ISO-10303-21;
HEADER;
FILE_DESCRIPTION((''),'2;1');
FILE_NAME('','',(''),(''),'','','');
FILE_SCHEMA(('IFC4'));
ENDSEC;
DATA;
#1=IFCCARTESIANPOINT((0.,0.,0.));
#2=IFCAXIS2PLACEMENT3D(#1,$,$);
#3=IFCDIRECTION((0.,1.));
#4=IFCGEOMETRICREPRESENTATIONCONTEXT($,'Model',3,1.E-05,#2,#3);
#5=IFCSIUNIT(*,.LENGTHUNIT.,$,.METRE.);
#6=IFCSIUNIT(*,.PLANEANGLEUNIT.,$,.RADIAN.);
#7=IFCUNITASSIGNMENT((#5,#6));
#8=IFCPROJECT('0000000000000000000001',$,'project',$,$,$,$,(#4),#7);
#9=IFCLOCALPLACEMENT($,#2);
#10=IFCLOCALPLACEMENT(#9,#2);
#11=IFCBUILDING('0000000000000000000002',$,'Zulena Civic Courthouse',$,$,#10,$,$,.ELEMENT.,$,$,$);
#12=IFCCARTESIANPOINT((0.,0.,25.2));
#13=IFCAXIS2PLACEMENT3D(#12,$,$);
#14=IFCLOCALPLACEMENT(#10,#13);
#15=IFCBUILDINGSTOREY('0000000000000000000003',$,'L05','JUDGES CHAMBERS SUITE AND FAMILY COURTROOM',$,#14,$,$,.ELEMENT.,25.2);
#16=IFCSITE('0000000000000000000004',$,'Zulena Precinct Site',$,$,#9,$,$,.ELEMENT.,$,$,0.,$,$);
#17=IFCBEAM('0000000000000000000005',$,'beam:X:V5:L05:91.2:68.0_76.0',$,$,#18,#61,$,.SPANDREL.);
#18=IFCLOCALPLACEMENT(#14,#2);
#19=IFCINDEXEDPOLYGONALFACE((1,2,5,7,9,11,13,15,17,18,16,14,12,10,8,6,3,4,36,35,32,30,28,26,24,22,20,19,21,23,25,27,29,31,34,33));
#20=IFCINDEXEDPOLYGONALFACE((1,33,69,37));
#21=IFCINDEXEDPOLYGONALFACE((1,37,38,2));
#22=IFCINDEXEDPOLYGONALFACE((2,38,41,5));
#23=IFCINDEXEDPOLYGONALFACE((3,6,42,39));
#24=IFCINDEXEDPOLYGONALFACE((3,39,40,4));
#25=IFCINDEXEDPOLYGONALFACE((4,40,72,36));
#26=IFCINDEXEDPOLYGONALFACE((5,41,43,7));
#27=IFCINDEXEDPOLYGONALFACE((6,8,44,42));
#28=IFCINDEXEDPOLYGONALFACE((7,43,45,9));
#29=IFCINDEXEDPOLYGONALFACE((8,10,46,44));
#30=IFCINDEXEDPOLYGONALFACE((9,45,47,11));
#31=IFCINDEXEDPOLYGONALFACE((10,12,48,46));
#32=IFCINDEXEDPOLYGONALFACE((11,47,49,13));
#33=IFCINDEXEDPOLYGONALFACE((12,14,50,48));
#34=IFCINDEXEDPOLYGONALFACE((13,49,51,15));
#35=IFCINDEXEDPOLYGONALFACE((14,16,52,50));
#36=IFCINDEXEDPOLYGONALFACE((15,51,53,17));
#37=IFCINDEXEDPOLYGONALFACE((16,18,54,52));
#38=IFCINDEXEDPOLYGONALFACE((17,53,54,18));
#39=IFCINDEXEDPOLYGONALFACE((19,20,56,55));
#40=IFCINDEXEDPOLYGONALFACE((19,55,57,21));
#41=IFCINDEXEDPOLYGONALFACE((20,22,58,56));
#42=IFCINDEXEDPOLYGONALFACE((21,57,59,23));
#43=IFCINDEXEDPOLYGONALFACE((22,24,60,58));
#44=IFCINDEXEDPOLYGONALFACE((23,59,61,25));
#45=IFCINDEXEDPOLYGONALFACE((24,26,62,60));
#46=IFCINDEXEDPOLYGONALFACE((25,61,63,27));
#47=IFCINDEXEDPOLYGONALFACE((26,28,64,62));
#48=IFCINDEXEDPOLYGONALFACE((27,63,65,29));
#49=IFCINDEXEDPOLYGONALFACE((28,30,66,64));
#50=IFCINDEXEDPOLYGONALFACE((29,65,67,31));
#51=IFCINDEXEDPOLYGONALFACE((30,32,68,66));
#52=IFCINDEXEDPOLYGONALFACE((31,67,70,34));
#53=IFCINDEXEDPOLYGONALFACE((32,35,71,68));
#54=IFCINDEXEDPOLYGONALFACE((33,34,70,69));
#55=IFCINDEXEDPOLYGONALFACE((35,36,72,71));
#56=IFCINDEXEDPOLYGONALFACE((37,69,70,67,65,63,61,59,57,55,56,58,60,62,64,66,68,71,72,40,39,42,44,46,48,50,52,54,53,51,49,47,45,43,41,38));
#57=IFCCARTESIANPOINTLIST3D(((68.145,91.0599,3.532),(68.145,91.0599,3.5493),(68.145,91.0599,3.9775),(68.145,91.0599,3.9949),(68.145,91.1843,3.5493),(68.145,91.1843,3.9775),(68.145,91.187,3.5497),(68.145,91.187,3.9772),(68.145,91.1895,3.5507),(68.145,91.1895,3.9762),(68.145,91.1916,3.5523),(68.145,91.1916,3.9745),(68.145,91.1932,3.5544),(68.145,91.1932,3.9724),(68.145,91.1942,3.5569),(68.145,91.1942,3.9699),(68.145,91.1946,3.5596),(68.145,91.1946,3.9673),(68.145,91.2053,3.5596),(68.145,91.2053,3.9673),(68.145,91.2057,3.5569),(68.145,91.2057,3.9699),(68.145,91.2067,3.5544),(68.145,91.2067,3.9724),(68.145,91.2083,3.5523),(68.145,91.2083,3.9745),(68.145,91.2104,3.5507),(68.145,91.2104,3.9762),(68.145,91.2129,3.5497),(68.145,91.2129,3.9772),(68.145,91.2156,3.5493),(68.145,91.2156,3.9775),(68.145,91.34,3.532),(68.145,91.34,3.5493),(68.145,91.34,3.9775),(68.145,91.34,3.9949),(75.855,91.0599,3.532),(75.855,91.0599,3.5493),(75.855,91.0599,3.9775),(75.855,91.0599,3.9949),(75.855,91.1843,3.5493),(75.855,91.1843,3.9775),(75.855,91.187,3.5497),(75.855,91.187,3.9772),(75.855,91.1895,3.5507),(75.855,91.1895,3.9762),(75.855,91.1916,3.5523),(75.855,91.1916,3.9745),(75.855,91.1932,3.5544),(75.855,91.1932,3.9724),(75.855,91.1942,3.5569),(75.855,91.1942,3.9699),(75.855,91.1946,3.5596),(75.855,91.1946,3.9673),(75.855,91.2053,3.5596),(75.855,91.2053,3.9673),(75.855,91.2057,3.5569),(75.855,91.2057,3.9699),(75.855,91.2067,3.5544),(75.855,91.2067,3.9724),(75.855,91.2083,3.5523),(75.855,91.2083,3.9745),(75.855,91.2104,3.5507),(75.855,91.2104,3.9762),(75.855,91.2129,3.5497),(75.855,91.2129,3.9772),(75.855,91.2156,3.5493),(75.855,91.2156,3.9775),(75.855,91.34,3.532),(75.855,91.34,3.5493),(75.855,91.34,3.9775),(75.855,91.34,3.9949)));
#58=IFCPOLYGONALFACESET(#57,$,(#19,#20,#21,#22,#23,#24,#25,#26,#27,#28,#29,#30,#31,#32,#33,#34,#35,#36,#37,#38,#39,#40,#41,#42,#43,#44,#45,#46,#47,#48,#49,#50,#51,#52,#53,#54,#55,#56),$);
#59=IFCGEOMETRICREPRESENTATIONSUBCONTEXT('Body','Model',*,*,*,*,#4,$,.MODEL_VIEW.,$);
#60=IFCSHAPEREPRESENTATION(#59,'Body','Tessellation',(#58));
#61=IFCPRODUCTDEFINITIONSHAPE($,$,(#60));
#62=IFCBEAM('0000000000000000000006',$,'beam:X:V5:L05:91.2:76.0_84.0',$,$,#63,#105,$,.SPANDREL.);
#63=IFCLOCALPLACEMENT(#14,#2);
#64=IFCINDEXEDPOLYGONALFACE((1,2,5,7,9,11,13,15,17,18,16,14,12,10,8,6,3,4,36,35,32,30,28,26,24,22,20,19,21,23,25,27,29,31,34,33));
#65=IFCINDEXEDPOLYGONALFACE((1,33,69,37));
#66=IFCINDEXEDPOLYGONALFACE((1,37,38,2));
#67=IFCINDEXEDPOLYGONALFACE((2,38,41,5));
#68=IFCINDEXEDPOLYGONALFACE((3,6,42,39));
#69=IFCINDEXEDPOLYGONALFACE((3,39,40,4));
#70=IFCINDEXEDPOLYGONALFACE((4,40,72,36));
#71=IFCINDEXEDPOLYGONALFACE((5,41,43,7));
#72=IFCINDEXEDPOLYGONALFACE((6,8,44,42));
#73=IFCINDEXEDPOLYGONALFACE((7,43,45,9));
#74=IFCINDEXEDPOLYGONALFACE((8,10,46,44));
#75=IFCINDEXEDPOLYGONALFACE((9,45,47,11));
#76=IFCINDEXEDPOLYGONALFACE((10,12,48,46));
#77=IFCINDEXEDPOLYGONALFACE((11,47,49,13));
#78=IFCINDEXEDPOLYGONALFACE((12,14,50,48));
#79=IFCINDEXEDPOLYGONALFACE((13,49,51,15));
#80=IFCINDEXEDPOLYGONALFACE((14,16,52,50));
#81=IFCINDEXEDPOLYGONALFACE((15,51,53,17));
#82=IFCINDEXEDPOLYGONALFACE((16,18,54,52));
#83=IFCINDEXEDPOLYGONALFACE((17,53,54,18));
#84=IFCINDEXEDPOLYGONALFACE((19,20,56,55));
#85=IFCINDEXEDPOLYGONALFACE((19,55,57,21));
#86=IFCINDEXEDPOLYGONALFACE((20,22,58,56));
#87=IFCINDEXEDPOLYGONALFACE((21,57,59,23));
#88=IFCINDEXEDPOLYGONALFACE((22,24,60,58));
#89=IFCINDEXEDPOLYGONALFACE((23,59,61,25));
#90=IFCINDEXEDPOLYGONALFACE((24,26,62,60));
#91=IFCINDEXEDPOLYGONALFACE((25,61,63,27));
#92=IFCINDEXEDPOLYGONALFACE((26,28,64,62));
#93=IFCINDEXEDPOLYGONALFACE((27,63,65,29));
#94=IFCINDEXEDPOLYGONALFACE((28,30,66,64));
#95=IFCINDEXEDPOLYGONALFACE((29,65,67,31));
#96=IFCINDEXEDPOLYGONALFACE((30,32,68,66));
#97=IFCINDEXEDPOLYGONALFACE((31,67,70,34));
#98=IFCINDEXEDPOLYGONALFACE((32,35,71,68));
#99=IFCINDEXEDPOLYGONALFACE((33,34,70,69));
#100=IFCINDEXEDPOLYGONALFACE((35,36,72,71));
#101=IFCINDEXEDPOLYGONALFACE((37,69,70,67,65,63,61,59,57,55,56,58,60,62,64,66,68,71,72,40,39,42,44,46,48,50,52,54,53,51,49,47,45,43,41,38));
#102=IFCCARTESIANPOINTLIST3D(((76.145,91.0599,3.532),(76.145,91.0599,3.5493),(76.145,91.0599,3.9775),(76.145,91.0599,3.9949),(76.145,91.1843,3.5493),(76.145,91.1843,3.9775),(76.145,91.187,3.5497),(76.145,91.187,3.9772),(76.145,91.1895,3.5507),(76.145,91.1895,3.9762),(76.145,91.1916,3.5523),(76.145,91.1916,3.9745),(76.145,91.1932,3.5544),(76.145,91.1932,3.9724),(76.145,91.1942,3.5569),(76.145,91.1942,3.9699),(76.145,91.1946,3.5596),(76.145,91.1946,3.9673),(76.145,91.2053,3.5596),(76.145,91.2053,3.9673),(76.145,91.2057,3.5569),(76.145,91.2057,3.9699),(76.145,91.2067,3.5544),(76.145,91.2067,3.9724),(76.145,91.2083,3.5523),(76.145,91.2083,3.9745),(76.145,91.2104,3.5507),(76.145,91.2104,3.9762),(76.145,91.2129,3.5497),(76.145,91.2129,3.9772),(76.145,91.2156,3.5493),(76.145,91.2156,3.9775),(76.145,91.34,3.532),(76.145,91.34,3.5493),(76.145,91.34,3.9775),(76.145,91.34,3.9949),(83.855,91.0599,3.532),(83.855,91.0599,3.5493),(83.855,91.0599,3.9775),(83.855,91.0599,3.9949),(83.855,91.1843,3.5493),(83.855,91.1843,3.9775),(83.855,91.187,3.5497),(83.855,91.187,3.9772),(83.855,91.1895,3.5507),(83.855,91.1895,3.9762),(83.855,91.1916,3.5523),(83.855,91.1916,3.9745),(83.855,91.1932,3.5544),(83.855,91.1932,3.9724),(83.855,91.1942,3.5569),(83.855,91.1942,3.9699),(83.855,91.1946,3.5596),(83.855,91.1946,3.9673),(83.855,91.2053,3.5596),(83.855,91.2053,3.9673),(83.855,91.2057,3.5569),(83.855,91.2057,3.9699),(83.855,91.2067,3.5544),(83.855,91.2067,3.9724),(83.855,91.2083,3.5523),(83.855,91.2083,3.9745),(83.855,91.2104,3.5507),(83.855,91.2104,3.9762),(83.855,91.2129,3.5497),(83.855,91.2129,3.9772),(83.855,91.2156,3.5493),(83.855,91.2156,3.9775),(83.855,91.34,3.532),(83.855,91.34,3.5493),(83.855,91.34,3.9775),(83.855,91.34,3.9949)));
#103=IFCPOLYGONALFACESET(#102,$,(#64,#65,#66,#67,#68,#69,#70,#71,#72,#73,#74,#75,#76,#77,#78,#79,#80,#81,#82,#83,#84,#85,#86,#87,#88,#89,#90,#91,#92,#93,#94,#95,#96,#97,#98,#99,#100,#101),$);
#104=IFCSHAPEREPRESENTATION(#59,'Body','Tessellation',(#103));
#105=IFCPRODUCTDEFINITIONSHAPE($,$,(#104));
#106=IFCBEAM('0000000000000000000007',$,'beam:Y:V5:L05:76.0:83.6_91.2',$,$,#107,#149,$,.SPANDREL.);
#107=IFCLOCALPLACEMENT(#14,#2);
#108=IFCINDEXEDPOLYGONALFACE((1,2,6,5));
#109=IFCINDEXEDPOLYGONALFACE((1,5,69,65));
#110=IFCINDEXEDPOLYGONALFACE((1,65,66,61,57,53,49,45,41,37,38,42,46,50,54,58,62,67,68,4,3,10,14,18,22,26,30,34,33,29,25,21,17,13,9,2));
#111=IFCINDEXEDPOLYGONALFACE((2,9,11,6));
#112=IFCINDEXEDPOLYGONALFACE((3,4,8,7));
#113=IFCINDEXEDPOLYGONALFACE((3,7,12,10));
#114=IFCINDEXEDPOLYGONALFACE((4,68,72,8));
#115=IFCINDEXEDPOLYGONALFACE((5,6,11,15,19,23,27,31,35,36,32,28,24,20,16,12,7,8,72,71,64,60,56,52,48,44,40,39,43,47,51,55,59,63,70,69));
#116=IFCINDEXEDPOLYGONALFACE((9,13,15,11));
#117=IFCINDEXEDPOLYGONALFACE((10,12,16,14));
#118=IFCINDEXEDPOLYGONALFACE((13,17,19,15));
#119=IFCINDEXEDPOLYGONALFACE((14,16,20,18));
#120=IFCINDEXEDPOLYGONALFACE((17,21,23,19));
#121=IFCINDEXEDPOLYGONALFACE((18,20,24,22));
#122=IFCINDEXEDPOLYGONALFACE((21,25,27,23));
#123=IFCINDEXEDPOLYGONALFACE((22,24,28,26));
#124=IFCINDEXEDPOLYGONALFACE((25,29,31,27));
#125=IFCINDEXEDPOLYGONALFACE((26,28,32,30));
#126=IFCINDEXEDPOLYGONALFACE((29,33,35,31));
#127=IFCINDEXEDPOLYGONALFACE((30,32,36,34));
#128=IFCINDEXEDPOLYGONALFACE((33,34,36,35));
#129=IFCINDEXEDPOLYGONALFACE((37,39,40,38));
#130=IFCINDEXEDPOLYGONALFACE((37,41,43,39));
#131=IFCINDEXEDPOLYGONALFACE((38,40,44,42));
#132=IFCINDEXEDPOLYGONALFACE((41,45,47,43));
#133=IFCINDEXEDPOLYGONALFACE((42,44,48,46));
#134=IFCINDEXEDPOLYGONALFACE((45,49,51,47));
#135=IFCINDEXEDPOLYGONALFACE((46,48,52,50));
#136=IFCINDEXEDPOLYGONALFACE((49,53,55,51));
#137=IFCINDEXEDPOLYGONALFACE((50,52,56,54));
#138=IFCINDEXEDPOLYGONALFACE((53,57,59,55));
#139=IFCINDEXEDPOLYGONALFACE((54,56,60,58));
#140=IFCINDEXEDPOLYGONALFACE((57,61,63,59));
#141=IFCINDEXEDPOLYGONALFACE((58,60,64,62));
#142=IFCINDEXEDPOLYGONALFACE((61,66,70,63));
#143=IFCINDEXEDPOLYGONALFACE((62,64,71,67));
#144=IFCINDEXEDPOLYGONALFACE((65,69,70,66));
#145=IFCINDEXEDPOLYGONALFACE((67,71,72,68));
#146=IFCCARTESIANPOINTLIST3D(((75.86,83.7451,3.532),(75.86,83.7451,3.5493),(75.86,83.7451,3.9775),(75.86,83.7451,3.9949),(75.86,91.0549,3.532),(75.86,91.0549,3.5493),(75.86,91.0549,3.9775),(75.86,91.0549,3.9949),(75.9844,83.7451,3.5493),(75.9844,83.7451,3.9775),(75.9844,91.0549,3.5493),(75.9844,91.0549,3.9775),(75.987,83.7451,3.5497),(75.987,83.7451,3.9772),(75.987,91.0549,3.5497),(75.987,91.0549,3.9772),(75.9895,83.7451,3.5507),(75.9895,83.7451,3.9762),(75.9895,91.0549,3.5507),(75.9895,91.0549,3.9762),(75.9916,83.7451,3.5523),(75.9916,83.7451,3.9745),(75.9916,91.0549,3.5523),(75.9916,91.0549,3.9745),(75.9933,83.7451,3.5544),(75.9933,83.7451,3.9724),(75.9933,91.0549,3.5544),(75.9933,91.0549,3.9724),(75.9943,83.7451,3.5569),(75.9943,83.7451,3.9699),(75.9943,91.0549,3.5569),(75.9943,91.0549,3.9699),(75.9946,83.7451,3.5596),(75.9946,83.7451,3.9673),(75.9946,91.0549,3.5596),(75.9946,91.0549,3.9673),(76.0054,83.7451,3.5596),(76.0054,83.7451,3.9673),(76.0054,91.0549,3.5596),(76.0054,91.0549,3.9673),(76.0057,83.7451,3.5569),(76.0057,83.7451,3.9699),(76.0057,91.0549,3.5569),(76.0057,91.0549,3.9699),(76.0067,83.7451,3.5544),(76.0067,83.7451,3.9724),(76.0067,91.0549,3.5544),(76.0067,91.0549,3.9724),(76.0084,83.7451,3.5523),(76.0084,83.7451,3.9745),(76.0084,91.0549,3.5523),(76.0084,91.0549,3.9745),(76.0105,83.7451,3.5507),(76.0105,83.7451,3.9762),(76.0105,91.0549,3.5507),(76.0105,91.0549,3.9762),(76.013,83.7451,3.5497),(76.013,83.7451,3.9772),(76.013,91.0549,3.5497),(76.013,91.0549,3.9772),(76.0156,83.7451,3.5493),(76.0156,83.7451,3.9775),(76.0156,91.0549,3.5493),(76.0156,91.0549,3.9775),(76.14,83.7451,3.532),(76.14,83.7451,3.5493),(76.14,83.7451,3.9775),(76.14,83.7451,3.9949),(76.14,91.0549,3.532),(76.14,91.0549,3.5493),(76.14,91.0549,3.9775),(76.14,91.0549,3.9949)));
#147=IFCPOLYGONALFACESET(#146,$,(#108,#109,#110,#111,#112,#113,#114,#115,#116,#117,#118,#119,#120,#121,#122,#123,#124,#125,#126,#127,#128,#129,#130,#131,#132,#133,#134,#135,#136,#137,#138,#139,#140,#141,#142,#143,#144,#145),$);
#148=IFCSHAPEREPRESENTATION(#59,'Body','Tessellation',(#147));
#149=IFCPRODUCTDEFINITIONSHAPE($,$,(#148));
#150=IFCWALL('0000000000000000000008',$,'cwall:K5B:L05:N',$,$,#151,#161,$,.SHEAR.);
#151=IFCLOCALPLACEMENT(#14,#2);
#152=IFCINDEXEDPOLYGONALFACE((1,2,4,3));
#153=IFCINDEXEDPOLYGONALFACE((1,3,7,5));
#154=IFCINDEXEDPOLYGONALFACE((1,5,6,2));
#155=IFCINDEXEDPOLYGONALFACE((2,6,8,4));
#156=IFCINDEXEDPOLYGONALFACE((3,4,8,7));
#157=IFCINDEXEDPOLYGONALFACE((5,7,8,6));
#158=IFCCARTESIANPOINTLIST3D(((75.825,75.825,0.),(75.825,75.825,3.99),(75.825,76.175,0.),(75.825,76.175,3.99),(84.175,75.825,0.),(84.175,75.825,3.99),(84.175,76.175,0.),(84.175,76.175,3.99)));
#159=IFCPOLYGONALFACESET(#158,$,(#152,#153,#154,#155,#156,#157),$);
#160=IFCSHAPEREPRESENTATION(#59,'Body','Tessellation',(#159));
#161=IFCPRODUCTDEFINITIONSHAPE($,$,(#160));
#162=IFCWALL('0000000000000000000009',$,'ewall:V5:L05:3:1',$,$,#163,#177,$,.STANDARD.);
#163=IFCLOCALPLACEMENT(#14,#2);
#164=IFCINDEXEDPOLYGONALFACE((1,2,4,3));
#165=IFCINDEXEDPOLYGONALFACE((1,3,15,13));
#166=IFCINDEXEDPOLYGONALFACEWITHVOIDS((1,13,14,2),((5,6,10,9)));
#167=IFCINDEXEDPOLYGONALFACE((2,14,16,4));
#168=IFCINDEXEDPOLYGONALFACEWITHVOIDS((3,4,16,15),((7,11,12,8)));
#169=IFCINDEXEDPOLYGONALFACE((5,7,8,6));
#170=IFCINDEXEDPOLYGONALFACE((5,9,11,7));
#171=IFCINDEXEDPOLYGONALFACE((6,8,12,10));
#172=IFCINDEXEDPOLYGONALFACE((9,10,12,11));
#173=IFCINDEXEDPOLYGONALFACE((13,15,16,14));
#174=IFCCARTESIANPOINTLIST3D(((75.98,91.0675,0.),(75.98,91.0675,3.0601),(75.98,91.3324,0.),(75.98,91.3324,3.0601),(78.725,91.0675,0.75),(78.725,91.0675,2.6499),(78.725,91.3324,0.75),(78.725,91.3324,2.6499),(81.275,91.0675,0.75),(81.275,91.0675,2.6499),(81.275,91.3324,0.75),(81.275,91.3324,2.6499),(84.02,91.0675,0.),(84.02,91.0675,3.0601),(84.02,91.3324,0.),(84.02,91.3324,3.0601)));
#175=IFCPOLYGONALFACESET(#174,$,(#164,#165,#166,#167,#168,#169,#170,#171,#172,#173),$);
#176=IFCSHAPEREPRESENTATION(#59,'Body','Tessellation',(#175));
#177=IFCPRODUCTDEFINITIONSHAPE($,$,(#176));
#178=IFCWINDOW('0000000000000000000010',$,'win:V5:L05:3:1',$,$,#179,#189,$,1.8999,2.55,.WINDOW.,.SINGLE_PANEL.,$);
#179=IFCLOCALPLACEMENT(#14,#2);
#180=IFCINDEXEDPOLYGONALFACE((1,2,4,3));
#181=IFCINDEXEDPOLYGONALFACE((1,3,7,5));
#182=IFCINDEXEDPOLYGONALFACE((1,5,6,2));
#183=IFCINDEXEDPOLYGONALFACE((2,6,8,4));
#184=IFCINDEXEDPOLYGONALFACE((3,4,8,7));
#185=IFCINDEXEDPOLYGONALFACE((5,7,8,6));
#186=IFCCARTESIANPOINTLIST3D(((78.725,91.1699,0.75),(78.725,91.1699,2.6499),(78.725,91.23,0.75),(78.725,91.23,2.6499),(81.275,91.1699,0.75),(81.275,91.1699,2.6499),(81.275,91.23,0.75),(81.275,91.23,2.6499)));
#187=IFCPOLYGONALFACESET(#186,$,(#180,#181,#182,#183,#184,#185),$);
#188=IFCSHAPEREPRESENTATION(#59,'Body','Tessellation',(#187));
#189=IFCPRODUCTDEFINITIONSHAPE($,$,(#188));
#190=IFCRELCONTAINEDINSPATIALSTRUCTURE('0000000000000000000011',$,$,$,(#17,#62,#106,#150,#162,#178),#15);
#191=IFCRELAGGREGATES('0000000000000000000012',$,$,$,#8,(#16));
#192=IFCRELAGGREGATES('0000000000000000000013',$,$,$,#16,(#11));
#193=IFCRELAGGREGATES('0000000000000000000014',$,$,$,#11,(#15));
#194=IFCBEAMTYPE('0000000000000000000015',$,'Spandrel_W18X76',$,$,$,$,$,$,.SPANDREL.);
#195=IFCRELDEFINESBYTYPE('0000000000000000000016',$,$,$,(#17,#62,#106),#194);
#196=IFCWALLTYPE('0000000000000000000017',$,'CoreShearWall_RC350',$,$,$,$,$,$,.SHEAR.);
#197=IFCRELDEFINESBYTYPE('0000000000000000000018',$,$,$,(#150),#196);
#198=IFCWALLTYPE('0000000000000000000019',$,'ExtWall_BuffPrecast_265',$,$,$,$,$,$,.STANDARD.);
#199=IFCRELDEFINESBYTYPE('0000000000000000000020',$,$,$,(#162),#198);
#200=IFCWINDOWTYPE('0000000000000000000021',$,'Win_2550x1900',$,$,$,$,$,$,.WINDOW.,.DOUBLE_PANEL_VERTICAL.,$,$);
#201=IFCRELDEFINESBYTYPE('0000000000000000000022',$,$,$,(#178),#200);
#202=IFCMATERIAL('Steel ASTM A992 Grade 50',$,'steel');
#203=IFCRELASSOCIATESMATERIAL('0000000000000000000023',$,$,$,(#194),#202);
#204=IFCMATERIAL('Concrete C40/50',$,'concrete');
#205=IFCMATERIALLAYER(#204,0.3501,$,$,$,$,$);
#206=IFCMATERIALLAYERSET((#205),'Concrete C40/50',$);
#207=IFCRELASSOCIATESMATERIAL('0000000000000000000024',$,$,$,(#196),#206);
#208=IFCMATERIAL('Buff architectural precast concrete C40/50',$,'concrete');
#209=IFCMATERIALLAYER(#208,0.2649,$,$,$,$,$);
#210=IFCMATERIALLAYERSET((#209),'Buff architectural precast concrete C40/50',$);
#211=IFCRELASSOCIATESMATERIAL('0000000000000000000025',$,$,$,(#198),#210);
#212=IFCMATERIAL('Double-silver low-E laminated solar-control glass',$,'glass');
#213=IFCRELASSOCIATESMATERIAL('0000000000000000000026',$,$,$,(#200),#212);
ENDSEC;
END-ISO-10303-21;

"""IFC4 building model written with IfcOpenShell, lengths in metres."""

from ifc_helpers import new_model, si_unit, direction, frame, frame_2d, origin, origin_2d, place, context, subcontext, project, spatial, rectangle, i_section, extrude, material, layer, layer_set, material_profile, profile_set, type_object, element, fill, save


model = new_model("IFC4")

# Units and contexts
model_context = context("Model", 3, precision=1e-05, world=origin(), true_north=direction((0.0, 1.0)))
body_context = subcontext(model_context, "Body", "Model", "MODEL_VIEW")
ifc_project = project(units=[si_unit("LENGTHUNIT", "METRE"), si_unit("PLANEANGLEUNIT", "RADIAN")], contexts=[model_context])

# Site, building, storey
site_placement = place(None, origin())
site = spatial("IfcSite", under=ifc_project, at=site_placement, Name="Zulena Precinct Site", CompositionType="ELEMENT", RefElevation=0.0)
building_placement = place(site_placement, origin())
building = spatial("IfcBuilding", under=site, at=building_placement, Name="Zulena Civic Courthouse", CompositionType="ELEMENT")
storey_placement = place(building_placement, frame((0.0, 0.0, 25.2)))
storey = spatial("IfcBuildingStorey", under=building, at=storey_placement, Name="L05", Description="JUDGES CHAMBERS SUITE AND FAMILY COURTROOM", CompositionType="ELEMENT", Elevation=25.2)

# Shared definitions
ifc_material_1 = material(Name="Steel ASTM A992 Grade 50", Category="steel")

# Beams
ifc_material_profile_1 = material_profile(ifc_material_1, i_section(OverallWidth=0.28, OverallDepth=0.4629, WebThickness=0.0107, FlangeThickness=0.0173, FilletRadius=0.0103, at=origin_2d()), Name="W18X76")
ifc_profile_set_1 = profile_set([ifc_material_profile_1], Name="Steel ASTM A992 Grade 50")
beam_type_1 = type_object("IfcBeamType", Name="Spandrel_W18X76", PredefinedType="SPANDREL", material=ifc_profile_set_1)
for number, where, z_axis, x_axis, name in (
    (1, (68.145, 91.2, 3.7634), (1.0, 0.0, 0.0), (0.0, 1.0, 0.0), "beam:X:V5:L05:91.2:68.0_76.0"),
    (2, (76.145, 91.2, 3.7634), (1.0, 0.0, 0.0), (0.0, 1.0, 0.0), "beam:X:V5:L05:91.2:76.0_84.0"),
):
    element("IfcBeam", number, at=place(storey_placement, frame(where, z_axis=z_axis, x_axis=x_axis)), inside=storey, type_object=beam_type_1, Name=name, PredefinedType="SPANDREL", context=body_context, shape_type="SweptSolid", body=[
        extrude(i_section(OverallWidth=0.28, OverallDepth=0.4629, WebThickness=0.0107, FlangeThickness=0.0173, FilletRadius=0.0103, at=origin_2d()), origin(), (0.0, 0.0, 1.0), 7.71),
    ])
beam_1_placement = place(storey_placement, frame((76.0, 83.7451, 3.7634), z_axis=(0.0, 1.0, 0.0), x_axis=(-1.0, 0.0, 0.0)))
element("IfcBeam", 3, at=beam_1_placement, inside=storey, type_object=beam_type_1, Name="beam:Y:V5:L05:76.0:83.6_91.2", PredefinedType="SPANDREL", context=body_context, shape_type="SweptSolid", body=[
    extrude(i_section(OverallWidth=0.28, OverallDepth=0.4629, WebThickness=0.0107, FlangeThickness=0.0173, FilletRadius=0.0103, at=origin_2d()), origin(), (0.0, 0.0, 1.0), 7.3098),
])

# Wall
ifc_material_2 = material(Name="Concrete C40/50", Category="concrete")
ifc_layer_1 = layer(ifc_material_2, 0.3501)
ifc_layer_set_1 = layer_set([ifc_layer_1], Name="Concrete C40/50")
wall_type_1 = type_object("IfcWallType", Name="CoreShearWall_RC350", PredefinedType="SHEAR", material=ifc_layer_set_1)
wall_1_placement = place(storey_placement, frame((75.825, 76.0, 0.0), z_axis=(0.0, 0.0, 1.0), x_axis=(1.0, 0.0, 0.0)))
element("IfcWall", 4, at=wall_1_placement, inside=storey, type_object=wall_type_1, Name="cwall:K5B:L05:N", PredefinedType="SHEAR", context=body_context, shape_type="SweptSolid", body=[
    extrude(rectangle(XDim=8.3501, YDim=0.3501, at=frame_2d((4.175, 0.0))), origin(), (0.0, 0.0, 1.0), 3.99),
])

# Wall, opening, window
ifc_material_3 = material(Name="Buff architectural precast concrete C40/50", Category="concrete")
ifc_layer_2 = layer(ifc_material_3, 0.2649)
ifc_layer_set_2 = layer_set([ifc_layer_2], Name="Buff architectural precast concrete C40/50")
wall_type_2 = type_object("IfcWallType", Name="ExtWall_BuffPrecast_265", PredefinedType="STANDARD", material=ifc_layer_set_2)
wall_2_placement = place(storey_placement, frame((75.98, 91.2, 0.0), z_axis=(0.0, 0.0, 1.0), x_axis=(1.0, 0.0, 0.0)))
wall_2 = element("IfcWall", 5, at=wall_2_placement, inside=storey, type_object=wall_type_2, Name="ewall:V5:L05:3:1", PredefinedType="STANDARD", context=body_context, shape_type="SweptSolid", body=[
    extrude(rectangle(XDim=8.04, YDim=0.2649, at=frame_2d((4.02, 0.0))), origin(), (0.0, 0.0, 1.0), 3.0601),
])
opening_1_placement = place(wall_2_placement, frame((2.7451, 0.0, 0.75)))
opening_1 = element("IfcOpeningElement", 6, at=opening_1_placement, cuts=wall_2, PredefinedType="OPENING", context=body_context, shape_type="SweptSolid", body=[
    extrude(rectangle(XDim=2.55, YDim=1.8999, at=frame_2d((1.2749, 0.95))), frame((0.0, 0.1423, 0.0), z_axis=(0.0, -1.0, 0.0), x_axis=(1.0, 0.0, 0.0)), (0.0, 0.0, 1.0), 0.2849),
])
ifc_material_4 = material(Name="Double-silver low-E laminated solar-control glass", Category="glass")
window_type_1 = type_object("IfcWindowType", Name="Win_2550x1900", PartitioningType="DOUBLE_PANEL_VERTICAL", PredefinedType="WINDOW", material=ifc_material_4)
window_1_placement = place(opening_1_placement, origin())
window_1 = element("IfcWindow", 7, at=window_1_placement, inside=storey, type_object=window_type_1, Name="win:V5:L05:3:1", OverallHeight=1.8999, OverallWidth=2.55, PartitioningType="SINGLE_PANEL", PredefinedType="WINDOW", context=body_context, shape_type="SweptSolid", body=[
    extrude(rectangle(XDim=2.55, YDim=1.8999, at=frame_2d((1.2749, 0.95))), frame((0.0, 0.03, 0.0), z_axis=(0.0, -1.0, 0.0), x_axis=(1.0, 0.0, 0.0)), (0.0, 0.0, 1.0), 0.0601),
])
fill(opening_1, window_1)

save(model, "model.ifc")
